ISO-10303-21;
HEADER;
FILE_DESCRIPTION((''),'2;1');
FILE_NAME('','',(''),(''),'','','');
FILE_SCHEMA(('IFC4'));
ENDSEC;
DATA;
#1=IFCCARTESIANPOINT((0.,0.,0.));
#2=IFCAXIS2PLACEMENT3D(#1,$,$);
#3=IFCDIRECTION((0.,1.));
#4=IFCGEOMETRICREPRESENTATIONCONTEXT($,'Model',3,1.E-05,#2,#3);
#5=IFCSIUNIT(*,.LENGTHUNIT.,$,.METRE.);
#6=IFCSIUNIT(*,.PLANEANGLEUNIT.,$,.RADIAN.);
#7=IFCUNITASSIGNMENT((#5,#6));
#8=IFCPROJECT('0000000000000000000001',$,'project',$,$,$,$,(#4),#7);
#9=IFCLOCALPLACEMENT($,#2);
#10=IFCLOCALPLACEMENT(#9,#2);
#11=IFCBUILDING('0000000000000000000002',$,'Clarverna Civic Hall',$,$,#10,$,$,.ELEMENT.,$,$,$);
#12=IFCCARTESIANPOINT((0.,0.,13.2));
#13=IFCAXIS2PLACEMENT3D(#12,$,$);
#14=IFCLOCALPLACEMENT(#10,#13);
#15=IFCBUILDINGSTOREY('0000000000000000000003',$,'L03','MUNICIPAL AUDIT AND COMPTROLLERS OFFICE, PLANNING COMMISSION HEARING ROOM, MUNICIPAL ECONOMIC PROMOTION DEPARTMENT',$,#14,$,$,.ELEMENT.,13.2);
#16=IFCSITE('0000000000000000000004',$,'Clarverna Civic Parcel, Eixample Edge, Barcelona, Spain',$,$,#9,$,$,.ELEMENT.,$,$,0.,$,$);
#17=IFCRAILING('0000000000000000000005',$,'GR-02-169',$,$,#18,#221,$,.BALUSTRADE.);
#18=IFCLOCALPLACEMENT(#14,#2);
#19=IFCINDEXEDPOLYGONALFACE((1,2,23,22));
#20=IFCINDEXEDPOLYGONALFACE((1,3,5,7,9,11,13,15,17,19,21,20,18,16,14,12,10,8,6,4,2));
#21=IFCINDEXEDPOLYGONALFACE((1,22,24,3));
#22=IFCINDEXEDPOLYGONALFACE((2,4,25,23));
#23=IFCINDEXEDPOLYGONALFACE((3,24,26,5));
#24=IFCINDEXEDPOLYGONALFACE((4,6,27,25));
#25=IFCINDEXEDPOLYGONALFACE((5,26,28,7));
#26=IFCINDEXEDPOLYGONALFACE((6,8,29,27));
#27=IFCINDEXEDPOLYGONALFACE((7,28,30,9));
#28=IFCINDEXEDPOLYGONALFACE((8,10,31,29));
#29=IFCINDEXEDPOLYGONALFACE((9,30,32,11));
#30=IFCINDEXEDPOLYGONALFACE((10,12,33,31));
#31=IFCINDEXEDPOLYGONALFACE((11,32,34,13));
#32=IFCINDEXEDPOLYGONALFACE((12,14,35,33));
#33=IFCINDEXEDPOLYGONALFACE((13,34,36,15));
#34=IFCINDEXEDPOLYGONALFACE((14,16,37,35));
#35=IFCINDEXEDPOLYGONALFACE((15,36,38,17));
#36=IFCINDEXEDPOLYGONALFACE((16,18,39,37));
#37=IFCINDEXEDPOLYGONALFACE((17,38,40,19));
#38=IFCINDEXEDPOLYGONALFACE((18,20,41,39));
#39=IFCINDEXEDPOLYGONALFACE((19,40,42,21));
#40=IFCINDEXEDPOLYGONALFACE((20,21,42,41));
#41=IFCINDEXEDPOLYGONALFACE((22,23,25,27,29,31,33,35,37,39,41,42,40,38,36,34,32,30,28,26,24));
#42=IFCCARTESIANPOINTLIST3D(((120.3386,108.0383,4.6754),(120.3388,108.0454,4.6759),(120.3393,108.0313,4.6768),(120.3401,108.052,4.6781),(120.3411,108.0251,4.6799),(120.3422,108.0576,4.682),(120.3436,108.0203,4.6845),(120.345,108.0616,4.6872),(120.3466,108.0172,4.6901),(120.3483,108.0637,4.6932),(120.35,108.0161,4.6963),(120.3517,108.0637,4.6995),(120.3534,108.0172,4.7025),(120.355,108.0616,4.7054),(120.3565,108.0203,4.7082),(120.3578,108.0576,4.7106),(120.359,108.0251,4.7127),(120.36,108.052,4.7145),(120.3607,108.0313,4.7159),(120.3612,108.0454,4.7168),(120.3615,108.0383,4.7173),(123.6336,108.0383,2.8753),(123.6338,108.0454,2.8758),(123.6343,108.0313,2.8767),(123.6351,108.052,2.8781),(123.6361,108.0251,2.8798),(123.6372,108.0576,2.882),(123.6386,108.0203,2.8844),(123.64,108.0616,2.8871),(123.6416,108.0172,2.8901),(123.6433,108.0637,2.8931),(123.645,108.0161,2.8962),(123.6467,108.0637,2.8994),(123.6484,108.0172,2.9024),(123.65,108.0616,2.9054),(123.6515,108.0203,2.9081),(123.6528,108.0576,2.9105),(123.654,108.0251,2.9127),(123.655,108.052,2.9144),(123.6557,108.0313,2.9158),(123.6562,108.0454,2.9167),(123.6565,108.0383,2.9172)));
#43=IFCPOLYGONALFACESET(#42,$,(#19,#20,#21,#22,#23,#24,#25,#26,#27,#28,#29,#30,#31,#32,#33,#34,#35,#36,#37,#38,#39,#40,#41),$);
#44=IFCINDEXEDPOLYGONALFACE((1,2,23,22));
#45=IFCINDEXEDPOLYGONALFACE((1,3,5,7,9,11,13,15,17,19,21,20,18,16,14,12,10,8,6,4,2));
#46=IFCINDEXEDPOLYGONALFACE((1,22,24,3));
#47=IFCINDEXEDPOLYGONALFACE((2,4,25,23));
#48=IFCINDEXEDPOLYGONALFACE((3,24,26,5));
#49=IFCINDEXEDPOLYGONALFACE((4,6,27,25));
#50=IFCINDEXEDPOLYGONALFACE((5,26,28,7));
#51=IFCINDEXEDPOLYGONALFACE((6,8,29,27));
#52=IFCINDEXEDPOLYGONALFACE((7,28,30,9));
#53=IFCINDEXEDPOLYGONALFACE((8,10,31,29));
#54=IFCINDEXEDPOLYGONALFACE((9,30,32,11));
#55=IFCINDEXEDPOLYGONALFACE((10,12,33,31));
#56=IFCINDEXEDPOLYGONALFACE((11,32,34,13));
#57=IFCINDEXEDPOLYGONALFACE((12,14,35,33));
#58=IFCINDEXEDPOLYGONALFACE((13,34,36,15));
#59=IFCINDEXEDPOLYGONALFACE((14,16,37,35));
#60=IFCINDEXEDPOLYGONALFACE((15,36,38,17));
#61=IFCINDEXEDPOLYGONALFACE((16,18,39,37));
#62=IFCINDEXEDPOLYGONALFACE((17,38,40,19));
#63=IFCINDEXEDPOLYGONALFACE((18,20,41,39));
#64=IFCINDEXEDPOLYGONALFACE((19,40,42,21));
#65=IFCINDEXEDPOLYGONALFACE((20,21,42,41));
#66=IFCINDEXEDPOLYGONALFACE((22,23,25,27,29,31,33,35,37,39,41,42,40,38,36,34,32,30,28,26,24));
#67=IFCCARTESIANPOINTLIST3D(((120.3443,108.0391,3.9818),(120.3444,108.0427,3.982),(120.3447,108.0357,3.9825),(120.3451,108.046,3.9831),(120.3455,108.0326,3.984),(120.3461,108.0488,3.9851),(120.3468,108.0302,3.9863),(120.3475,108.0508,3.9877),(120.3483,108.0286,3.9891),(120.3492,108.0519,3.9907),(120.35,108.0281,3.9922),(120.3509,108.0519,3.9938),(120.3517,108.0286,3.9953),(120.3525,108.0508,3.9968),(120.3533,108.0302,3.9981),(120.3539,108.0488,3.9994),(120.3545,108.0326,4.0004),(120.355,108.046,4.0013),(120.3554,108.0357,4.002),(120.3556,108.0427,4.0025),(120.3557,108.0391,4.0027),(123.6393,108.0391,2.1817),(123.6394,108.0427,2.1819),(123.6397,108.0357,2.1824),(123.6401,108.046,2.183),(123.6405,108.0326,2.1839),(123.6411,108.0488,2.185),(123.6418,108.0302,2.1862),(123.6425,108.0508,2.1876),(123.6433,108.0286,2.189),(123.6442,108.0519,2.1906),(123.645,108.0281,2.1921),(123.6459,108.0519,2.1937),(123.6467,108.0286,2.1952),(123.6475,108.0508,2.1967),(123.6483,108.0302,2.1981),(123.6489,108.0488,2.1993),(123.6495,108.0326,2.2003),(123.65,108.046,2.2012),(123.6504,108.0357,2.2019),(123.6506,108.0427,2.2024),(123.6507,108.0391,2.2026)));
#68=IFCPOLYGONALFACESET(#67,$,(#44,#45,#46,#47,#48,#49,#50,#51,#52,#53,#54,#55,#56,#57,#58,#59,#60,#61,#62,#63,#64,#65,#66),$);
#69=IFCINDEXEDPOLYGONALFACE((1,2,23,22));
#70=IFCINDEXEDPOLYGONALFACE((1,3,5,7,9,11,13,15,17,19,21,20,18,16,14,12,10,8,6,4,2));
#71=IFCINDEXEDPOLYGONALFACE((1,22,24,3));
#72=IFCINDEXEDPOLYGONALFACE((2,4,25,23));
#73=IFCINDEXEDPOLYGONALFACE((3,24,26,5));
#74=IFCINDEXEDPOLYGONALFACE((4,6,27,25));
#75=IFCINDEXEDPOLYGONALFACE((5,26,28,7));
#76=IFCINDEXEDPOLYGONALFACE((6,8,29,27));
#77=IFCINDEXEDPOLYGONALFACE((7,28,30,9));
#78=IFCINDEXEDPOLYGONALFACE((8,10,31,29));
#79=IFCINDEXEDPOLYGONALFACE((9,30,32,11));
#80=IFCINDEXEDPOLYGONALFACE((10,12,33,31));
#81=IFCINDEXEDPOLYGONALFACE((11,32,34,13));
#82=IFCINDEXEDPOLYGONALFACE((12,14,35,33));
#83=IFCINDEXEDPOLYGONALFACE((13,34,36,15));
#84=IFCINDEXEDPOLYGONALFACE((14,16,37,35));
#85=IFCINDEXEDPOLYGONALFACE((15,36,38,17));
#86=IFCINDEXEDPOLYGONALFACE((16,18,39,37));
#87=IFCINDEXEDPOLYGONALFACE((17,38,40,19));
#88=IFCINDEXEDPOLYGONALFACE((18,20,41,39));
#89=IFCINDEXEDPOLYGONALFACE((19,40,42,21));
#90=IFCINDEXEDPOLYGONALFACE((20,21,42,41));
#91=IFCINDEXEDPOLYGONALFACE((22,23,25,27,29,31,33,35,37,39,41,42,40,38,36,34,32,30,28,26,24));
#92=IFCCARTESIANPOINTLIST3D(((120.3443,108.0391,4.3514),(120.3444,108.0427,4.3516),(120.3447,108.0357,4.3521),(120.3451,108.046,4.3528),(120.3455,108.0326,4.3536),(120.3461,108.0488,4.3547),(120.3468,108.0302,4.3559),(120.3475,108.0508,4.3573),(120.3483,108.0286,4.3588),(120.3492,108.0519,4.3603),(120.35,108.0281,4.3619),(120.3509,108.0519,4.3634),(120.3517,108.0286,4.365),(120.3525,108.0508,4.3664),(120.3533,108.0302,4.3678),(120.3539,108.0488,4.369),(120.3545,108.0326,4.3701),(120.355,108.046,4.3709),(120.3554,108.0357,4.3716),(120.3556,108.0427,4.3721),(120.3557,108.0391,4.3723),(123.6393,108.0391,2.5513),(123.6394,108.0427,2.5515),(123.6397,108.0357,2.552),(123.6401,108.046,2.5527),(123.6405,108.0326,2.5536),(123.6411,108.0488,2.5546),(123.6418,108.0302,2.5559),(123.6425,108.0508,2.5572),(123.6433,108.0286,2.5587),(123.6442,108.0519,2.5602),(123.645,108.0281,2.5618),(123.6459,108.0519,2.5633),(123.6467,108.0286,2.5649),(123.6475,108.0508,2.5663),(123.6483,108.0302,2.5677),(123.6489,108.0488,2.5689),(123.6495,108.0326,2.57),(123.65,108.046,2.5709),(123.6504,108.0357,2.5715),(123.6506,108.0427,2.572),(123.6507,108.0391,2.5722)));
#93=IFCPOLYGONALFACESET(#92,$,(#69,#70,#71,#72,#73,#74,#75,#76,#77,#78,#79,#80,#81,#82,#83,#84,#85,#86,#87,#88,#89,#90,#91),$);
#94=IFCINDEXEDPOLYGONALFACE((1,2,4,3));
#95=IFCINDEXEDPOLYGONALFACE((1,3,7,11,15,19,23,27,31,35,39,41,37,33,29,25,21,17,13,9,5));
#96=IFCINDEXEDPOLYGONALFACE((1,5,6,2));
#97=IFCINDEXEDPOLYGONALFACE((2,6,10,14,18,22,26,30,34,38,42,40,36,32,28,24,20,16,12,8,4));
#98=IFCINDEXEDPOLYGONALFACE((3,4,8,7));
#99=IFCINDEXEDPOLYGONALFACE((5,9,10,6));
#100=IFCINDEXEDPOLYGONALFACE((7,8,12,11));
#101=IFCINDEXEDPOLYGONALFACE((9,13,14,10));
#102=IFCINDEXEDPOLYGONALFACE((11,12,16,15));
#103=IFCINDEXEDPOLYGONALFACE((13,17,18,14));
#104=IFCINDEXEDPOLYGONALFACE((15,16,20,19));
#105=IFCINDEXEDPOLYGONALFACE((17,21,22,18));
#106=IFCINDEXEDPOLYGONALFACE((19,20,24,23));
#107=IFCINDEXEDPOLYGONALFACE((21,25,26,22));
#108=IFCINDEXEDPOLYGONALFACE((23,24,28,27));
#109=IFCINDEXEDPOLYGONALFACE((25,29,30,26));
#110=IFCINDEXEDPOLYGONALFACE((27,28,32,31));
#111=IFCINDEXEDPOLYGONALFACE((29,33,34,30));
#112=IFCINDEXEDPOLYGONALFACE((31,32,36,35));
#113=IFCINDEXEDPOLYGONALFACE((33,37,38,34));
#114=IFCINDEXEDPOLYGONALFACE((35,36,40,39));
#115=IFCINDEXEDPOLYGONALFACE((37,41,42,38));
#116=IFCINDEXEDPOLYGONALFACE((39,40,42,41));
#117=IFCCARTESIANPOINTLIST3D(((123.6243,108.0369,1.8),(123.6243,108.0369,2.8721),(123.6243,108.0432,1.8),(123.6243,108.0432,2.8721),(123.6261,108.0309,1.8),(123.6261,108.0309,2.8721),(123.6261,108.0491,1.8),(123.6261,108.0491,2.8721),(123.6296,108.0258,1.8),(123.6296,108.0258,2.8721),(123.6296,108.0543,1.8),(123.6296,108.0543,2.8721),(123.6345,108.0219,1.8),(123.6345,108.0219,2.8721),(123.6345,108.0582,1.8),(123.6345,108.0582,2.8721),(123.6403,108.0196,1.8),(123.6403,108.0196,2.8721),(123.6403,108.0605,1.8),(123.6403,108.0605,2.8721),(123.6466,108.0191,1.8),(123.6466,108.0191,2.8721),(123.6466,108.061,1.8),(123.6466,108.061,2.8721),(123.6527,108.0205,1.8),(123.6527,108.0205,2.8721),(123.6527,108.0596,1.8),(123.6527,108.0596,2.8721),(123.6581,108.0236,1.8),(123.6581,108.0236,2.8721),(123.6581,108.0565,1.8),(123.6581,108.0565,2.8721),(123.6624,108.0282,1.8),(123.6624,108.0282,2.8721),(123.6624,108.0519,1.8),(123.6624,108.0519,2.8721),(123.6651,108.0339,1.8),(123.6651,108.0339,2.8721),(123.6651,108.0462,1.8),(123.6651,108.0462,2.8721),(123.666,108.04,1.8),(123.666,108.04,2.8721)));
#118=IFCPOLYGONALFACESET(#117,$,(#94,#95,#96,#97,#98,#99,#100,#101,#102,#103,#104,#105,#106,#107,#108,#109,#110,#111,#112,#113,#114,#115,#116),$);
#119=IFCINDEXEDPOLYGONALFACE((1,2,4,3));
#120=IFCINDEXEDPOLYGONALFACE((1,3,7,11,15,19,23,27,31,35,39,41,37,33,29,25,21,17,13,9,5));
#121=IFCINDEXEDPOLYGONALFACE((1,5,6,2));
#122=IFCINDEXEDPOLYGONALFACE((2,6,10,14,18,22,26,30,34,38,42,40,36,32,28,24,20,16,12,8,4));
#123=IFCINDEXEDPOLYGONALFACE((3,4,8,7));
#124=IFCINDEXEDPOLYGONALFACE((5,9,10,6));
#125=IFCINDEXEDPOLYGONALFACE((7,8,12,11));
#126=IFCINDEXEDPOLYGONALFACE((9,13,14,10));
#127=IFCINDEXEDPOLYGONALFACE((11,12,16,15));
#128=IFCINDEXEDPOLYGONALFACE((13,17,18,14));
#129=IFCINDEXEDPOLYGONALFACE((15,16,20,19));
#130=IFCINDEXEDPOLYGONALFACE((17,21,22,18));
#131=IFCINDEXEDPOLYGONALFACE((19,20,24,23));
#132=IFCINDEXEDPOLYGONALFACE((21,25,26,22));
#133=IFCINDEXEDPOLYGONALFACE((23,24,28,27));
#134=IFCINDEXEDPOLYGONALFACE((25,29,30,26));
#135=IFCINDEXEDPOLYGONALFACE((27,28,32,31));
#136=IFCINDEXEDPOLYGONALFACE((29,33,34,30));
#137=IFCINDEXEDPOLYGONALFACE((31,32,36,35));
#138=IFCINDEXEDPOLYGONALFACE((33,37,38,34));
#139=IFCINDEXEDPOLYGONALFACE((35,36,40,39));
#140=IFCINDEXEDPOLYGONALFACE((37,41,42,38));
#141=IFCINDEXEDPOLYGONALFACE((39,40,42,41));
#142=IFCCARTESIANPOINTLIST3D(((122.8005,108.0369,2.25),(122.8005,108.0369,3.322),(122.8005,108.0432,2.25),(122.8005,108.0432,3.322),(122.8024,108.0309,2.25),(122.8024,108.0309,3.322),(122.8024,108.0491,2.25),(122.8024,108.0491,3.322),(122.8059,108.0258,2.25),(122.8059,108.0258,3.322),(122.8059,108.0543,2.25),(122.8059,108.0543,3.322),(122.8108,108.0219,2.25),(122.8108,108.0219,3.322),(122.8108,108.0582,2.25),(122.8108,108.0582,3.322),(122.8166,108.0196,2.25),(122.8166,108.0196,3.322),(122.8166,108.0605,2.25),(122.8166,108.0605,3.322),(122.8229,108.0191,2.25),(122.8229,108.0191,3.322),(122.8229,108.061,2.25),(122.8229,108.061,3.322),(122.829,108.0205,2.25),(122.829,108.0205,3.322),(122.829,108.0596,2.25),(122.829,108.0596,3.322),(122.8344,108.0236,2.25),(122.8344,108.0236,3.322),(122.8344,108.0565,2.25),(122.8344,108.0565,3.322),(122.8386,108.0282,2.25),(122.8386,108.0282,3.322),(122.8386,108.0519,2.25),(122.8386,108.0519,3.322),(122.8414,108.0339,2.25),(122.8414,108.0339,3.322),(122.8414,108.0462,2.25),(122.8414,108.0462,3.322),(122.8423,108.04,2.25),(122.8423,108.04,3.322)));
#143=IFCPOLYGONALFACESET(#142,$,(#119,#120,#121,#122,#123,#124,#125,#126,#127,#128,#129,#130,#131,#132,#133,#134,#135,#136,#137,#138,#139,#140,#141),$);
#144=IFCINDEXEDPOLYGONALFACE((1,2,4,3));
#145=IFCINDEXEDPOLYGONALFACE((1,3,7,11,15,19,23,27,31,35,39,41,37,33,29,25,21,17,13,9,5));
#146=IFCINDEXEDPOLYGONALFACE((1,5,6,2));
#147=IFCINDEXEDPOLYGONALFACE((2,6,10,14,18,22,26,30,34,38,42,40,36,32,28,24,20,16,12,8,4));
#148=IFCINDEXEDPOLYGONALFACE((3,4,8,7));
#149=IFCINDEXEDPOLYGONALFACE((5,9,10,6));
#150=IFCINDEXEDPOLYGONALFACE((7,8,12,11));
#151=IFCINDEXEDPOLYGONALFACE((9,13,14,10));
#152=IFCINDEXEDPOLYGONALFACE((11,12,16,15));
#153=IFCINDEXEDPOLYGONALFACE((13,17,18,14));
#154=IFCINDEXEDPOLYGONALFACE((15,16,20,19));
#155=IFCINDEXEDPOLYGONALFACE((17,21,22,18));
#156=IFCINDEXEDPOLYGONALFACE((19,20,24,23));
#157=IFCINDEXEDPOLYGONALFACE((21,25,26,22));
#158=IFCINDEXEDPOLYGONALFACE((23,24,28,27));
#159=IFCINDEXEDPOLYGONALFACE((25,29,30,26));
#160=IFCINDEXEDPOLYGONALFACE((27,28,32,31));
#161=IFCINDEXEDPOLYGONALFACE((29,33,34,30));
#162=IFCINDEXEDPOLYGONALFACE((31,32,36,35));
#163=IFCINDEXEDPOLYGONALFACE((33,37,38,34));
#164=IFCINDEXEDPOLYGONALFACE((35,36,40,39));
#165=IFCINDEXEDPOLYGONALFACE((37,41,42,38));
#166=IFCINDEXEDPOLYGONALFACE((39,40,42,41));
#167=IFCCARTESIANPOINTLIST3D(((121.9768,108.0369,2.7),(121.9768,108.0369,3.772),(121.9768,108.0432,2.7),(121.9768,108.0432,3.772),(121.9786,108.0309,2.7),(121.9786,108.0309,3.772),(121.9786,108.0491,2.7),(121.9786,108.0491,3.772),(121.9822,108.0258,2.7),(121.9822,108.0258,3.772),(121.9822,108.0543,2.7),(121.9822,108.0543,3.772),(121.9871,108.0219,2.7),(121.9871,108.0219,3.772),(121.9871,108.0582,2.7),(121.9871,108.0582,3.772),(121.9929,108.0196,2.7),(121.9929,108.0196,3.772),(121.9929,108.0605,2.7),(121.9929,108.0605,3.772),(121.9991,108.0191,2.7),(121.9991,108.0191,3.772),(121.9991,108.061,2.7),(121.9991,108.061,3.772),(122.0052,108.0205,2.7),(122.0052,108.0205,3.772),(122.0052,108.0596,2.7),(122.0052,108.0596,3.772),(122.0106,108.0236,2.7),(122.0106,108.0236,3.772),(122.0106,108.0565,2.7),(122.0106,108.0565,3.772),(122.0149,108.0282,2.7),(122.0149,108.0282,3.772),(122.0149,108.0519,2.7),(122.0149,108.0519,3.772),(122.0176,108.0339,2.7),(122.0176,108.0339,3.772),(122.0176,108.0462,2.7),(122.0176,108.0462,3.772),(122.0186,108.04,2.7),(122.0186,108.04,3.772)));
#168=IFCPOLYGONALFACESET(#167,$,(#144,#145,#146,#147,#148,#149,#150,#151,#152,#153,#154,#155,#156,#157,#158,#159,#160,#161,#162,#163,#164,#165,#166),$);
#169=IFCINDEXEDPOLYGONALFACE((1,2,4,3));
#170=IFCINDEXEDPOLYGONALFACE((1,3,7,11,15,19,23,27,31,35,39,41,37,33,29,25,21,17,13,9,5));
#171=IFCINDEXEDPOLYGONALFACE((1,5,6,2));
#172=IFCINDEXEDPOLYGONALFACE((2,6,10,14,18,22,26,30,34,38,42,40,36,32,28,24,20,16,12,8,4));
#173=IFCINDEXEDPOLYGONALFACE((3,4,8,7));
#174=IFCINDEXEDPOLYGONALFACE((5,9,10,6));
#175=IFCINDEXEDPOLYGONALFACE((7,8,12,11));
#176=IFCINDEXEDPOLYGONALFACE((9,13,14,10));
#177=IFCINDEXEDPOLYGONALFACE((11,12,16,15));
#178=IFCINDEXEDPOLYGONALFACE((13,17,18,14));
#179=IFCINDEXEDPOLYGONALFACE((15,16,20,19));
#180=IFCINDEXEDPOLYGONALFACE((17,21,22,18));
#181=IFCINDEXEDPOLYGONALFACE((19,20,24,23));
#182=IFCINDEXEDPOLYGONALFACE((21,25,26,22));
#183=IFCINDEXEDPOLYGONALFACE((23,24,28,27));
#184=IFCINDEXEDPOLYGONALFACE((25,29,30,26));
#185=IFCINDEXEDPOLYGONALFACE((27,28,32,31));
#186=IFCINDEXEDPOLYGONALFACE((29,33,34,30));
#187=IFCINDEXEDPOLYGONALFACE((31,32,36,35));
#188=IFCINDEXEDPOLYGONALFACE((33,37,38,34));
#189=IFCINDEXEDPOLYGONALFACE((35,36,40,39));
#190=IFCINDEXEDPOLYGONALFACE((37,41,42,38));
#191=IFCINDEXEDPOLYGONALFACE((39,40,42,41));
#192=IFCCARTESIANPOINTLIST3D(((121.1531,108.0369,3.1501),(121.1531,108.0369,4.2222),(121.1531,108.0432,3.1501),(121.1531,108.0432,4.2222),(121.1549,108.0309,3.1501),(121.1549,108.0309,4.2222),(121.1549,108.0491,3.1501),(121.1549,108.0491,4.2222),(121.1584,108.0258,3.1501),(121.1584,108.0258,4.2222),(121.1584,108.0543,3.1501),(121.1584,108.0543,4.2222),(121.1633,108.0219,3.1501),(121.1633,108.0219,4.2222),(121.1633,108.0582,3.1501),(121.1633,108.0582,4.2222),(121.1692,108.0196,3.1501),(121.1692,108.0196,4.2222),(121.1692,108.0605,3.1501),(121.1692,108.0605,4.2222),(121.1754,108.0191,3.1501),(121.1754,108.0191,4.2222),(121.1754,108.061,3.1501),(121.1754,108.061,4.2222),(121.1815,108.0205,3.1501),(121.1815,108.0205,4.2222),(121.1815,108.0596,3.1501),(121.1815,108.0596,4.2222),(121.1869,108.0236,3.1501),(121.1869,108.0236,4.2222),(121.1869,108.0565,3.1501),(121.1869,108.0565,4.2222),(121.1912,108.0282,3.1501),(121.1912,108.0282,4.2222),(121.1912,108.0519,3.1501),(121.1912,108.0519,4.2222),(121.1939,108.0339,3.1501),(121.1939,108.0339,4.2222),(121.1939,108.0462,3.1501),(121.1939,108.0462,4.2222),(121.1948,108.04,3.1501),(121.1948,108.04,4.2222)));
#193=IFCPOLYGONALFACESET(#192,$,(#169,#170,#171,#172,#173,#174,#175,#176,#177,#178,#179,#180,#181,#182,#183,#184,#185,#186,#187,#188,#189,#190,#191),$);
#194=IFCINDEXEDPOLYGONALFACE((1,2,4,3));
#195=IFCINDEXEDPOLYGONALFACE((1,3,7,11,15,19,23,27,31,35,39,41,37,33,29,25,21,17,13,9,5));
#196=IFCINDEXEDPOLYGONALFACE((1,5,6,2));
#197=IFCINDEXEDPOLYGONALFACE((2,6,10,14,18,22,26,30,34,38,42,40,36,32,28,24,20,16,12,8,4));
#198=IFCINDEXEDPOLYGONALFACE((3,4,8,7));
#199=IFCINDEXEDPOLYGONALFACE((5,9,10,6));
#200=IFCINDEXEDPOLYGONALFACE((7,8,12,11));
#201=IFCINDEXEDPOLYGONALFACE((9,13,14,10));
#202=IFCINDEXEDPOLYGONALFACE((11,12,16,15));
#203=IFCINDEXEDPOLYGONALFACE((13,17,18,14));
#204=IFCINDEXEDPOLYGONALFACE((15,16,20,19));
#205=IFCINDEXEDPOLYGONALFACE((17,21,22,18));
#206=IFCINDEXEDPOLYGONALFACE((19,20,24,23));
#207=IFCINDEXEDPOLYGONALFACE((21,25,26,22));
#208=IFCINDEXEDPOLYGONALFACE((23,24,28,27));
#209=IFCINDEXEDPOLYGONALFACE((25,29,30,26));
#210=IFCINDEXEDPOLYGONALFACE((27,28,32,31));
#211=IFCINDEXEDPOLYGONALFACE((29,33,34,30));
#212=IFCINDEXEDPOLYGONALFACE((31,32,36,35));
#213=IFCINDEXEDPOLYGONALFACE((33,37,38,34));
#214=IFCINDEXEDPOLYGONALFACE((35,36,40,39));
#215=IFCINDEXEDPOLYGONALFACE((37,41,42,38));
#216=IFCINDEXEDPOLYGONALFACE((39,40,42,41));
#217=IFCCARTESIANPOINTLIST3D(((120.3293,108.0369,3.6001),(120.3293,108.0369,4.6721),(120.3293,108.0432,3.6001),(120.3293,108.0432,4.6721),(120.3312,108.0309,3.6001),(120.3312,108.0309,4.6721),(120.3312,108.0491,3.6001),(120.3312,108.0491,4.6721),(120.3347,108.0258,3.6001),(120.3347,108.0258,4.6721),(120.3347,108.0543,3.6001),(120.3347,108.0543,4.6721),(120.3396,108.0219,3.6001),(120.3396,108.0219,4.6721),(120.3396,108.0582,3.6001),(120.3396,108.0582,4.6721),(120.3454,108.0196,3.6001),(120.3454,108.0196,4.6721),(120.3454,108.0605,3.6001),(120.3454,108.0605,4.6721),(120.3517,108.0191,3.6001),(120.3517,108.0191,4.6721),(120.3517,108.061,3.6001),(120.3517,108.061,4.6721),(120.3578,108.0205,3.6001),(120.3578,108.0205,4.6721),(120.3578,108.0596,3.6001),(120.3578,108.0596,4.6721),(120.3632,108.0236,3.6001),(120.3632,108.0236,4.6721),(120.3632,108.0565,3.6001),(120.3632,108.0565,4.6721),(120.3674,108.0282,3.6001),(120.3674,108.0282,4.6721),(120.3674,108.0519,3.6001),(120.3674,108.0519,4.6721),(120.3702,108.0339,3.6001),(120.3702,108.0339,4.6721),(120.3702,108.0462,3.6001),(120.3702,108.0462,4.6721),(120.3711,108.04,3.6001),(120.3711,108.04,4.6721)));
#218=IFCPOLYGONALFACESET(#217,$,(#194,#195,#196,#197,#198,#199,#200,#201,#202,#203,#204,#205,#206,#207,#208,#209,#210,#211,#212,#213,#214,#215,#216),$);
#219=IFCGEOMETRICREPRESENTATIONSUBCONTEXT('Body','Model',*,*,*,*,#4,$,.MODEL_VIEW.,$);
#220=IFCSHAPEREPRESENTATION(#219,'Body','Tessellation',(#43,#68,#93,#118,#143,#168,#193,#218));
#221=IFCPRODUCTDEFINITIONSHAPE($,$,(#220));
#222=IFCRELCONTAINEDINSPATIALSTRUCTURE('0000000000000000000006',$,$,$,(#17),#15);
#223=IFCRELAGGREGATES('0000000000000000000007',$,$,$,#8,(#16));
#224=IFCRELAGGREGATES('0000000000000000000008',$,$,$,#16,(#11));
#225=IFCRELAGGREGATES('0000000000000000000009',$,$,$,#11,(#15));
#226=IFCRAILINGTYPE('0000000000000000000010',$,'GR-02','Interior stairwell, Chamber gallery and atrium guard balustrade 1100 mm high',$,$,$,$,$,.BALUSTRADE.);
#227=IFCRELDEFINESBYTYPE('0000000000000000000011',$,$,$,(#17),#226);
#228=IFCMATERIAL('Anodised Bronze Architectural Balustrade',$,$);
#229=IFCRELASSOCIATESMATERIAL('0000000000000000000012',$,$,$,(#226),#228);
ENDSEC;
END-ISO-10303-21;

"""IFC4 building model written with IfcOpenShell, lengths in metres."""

from ifc_helpers import new_model, si_unit, direction, frame, origin, origin_2d, place, context, subcontext, project, spatial, circle, extrude, material, type_object, element, save


model = new_model("IFC4")

# Units and contexts
model_context = context("Model", 3, precision=1e-05, world=origin(), true_north=direction((0.0, 1.0)))
body_context = subcontext(model_context, "Body", "Model", "MODEL_VIEW")
ifc_project = project(units=[si_unit("LENGTHUNIT", "METRE"), si_unit("PLANEANGLEUNIT", "RADIAN")], contexts=[model_context])

# Site, building, storey
site_placement = place(None, origin())
site = spatial("IfcSite", under=ifc_project, at=site_placement, Name="Clarverna Civic Parcel, Eixample Edge, Barcelona, Spain", CompositionType="ELEMENT", RefElevation=0.0)
building_placement = place(site_placement, origin())
building = spatial("IfcBuilding", under=site, at=building_placement, Name="Clarverna Civic Hall", CompositionType="ELEMENT")
storey_placement = place(building_placement, frame((0.0, 0.0, 13.2)))
storey = spatial("IfcBuildingStorey", under=building, at=storey_placement, Name="L03", Description="MUNICIPAL AUDIT AND COMPTROLLERS OFFICE, PLANNING COMMISSION HEARING ROOM, MUNICIPAL ECONOMIC PROMOTION DEPARTMENT", CompositionType="ELEMENT", Elevation=13.2)

# Railing
ifc_material_1 = material(Name="Anodised Bronze Architectural Balustrade")
railing_type_1 = type_object("IfcRailingType", Name="GR-02", Description="Interior stairwell, Chamber gallery and atrium guard balustrade 1100 mm high", PredefinedType="BALUSTRADE", material=ifc_material_1)
railing_1_placement = place(storey_placement, frame((123.645, 108.04, 1.8)))
element("IfcRailing", 1, at=railing_1_placement, inside=storey, type_object=railing_type_1, Name="GR-02-169", PredefinedType="BALUSTRADE", context=body_context, shape_type="SweptSolid", body=[
    extrude(circle(Radius=0.0239, at=origin_2d()), frame((0.0, 0.0, 1.0962), z_axis=(-0.87758, 0.0, 0.479431), x_axis=(0.0, -1.0, 0.0)), (0.0, 0.0, 1.0), 3.7546),
    extrude(circle(Radius=0.012, at=origin_2d()), frame((0.0, 0.0, 0.3921), z_axis=(-0.87758, 0.0, 0.479431), x_axis=(0.0, -1.0, 0.0)), (0.0, 0.0, 1.0), 3.7546),
    extrude(circle(Radius=0.012, at=origin_2d()), frame((0.0, 0.0, 0.7617), z_axis=(-0.87758, 0.0, 0.479431), x_axis=(0.0, -1.0, 0.0)), (0.0, 0.0, 1.0), 3.7546),
    extrude(circle(Radius=0.021, at=origin_2d()), origin(), (0.0, 0.0, 1.0), 1.072),
    extrude(circle(Radius=0.021, at=origin_2d()), frame((-0.8237, 0.0, 0.45)), (0.0, 0.0, 1.0), 1.072),
    extrude(circle(Radius=0.021, at=origin_2d()), frame((-1.6475, 0.0, 0.8999)), (0.0, 0.0, 1.0), 1.072),
    extrude(circle(Radius=0.021, at=origin_2d()), frame((-2.4712, 0.0, 1.3501)), (0.0, 0.0, 1.0), 1.072),
    extrude(circle(Radius=0.021, at=origin_2d()), frame((-3.2949, 0.0, 1.8)), (0.0, 0.0, 1.0), 1.072),
])

save(model, "model.ifc")
